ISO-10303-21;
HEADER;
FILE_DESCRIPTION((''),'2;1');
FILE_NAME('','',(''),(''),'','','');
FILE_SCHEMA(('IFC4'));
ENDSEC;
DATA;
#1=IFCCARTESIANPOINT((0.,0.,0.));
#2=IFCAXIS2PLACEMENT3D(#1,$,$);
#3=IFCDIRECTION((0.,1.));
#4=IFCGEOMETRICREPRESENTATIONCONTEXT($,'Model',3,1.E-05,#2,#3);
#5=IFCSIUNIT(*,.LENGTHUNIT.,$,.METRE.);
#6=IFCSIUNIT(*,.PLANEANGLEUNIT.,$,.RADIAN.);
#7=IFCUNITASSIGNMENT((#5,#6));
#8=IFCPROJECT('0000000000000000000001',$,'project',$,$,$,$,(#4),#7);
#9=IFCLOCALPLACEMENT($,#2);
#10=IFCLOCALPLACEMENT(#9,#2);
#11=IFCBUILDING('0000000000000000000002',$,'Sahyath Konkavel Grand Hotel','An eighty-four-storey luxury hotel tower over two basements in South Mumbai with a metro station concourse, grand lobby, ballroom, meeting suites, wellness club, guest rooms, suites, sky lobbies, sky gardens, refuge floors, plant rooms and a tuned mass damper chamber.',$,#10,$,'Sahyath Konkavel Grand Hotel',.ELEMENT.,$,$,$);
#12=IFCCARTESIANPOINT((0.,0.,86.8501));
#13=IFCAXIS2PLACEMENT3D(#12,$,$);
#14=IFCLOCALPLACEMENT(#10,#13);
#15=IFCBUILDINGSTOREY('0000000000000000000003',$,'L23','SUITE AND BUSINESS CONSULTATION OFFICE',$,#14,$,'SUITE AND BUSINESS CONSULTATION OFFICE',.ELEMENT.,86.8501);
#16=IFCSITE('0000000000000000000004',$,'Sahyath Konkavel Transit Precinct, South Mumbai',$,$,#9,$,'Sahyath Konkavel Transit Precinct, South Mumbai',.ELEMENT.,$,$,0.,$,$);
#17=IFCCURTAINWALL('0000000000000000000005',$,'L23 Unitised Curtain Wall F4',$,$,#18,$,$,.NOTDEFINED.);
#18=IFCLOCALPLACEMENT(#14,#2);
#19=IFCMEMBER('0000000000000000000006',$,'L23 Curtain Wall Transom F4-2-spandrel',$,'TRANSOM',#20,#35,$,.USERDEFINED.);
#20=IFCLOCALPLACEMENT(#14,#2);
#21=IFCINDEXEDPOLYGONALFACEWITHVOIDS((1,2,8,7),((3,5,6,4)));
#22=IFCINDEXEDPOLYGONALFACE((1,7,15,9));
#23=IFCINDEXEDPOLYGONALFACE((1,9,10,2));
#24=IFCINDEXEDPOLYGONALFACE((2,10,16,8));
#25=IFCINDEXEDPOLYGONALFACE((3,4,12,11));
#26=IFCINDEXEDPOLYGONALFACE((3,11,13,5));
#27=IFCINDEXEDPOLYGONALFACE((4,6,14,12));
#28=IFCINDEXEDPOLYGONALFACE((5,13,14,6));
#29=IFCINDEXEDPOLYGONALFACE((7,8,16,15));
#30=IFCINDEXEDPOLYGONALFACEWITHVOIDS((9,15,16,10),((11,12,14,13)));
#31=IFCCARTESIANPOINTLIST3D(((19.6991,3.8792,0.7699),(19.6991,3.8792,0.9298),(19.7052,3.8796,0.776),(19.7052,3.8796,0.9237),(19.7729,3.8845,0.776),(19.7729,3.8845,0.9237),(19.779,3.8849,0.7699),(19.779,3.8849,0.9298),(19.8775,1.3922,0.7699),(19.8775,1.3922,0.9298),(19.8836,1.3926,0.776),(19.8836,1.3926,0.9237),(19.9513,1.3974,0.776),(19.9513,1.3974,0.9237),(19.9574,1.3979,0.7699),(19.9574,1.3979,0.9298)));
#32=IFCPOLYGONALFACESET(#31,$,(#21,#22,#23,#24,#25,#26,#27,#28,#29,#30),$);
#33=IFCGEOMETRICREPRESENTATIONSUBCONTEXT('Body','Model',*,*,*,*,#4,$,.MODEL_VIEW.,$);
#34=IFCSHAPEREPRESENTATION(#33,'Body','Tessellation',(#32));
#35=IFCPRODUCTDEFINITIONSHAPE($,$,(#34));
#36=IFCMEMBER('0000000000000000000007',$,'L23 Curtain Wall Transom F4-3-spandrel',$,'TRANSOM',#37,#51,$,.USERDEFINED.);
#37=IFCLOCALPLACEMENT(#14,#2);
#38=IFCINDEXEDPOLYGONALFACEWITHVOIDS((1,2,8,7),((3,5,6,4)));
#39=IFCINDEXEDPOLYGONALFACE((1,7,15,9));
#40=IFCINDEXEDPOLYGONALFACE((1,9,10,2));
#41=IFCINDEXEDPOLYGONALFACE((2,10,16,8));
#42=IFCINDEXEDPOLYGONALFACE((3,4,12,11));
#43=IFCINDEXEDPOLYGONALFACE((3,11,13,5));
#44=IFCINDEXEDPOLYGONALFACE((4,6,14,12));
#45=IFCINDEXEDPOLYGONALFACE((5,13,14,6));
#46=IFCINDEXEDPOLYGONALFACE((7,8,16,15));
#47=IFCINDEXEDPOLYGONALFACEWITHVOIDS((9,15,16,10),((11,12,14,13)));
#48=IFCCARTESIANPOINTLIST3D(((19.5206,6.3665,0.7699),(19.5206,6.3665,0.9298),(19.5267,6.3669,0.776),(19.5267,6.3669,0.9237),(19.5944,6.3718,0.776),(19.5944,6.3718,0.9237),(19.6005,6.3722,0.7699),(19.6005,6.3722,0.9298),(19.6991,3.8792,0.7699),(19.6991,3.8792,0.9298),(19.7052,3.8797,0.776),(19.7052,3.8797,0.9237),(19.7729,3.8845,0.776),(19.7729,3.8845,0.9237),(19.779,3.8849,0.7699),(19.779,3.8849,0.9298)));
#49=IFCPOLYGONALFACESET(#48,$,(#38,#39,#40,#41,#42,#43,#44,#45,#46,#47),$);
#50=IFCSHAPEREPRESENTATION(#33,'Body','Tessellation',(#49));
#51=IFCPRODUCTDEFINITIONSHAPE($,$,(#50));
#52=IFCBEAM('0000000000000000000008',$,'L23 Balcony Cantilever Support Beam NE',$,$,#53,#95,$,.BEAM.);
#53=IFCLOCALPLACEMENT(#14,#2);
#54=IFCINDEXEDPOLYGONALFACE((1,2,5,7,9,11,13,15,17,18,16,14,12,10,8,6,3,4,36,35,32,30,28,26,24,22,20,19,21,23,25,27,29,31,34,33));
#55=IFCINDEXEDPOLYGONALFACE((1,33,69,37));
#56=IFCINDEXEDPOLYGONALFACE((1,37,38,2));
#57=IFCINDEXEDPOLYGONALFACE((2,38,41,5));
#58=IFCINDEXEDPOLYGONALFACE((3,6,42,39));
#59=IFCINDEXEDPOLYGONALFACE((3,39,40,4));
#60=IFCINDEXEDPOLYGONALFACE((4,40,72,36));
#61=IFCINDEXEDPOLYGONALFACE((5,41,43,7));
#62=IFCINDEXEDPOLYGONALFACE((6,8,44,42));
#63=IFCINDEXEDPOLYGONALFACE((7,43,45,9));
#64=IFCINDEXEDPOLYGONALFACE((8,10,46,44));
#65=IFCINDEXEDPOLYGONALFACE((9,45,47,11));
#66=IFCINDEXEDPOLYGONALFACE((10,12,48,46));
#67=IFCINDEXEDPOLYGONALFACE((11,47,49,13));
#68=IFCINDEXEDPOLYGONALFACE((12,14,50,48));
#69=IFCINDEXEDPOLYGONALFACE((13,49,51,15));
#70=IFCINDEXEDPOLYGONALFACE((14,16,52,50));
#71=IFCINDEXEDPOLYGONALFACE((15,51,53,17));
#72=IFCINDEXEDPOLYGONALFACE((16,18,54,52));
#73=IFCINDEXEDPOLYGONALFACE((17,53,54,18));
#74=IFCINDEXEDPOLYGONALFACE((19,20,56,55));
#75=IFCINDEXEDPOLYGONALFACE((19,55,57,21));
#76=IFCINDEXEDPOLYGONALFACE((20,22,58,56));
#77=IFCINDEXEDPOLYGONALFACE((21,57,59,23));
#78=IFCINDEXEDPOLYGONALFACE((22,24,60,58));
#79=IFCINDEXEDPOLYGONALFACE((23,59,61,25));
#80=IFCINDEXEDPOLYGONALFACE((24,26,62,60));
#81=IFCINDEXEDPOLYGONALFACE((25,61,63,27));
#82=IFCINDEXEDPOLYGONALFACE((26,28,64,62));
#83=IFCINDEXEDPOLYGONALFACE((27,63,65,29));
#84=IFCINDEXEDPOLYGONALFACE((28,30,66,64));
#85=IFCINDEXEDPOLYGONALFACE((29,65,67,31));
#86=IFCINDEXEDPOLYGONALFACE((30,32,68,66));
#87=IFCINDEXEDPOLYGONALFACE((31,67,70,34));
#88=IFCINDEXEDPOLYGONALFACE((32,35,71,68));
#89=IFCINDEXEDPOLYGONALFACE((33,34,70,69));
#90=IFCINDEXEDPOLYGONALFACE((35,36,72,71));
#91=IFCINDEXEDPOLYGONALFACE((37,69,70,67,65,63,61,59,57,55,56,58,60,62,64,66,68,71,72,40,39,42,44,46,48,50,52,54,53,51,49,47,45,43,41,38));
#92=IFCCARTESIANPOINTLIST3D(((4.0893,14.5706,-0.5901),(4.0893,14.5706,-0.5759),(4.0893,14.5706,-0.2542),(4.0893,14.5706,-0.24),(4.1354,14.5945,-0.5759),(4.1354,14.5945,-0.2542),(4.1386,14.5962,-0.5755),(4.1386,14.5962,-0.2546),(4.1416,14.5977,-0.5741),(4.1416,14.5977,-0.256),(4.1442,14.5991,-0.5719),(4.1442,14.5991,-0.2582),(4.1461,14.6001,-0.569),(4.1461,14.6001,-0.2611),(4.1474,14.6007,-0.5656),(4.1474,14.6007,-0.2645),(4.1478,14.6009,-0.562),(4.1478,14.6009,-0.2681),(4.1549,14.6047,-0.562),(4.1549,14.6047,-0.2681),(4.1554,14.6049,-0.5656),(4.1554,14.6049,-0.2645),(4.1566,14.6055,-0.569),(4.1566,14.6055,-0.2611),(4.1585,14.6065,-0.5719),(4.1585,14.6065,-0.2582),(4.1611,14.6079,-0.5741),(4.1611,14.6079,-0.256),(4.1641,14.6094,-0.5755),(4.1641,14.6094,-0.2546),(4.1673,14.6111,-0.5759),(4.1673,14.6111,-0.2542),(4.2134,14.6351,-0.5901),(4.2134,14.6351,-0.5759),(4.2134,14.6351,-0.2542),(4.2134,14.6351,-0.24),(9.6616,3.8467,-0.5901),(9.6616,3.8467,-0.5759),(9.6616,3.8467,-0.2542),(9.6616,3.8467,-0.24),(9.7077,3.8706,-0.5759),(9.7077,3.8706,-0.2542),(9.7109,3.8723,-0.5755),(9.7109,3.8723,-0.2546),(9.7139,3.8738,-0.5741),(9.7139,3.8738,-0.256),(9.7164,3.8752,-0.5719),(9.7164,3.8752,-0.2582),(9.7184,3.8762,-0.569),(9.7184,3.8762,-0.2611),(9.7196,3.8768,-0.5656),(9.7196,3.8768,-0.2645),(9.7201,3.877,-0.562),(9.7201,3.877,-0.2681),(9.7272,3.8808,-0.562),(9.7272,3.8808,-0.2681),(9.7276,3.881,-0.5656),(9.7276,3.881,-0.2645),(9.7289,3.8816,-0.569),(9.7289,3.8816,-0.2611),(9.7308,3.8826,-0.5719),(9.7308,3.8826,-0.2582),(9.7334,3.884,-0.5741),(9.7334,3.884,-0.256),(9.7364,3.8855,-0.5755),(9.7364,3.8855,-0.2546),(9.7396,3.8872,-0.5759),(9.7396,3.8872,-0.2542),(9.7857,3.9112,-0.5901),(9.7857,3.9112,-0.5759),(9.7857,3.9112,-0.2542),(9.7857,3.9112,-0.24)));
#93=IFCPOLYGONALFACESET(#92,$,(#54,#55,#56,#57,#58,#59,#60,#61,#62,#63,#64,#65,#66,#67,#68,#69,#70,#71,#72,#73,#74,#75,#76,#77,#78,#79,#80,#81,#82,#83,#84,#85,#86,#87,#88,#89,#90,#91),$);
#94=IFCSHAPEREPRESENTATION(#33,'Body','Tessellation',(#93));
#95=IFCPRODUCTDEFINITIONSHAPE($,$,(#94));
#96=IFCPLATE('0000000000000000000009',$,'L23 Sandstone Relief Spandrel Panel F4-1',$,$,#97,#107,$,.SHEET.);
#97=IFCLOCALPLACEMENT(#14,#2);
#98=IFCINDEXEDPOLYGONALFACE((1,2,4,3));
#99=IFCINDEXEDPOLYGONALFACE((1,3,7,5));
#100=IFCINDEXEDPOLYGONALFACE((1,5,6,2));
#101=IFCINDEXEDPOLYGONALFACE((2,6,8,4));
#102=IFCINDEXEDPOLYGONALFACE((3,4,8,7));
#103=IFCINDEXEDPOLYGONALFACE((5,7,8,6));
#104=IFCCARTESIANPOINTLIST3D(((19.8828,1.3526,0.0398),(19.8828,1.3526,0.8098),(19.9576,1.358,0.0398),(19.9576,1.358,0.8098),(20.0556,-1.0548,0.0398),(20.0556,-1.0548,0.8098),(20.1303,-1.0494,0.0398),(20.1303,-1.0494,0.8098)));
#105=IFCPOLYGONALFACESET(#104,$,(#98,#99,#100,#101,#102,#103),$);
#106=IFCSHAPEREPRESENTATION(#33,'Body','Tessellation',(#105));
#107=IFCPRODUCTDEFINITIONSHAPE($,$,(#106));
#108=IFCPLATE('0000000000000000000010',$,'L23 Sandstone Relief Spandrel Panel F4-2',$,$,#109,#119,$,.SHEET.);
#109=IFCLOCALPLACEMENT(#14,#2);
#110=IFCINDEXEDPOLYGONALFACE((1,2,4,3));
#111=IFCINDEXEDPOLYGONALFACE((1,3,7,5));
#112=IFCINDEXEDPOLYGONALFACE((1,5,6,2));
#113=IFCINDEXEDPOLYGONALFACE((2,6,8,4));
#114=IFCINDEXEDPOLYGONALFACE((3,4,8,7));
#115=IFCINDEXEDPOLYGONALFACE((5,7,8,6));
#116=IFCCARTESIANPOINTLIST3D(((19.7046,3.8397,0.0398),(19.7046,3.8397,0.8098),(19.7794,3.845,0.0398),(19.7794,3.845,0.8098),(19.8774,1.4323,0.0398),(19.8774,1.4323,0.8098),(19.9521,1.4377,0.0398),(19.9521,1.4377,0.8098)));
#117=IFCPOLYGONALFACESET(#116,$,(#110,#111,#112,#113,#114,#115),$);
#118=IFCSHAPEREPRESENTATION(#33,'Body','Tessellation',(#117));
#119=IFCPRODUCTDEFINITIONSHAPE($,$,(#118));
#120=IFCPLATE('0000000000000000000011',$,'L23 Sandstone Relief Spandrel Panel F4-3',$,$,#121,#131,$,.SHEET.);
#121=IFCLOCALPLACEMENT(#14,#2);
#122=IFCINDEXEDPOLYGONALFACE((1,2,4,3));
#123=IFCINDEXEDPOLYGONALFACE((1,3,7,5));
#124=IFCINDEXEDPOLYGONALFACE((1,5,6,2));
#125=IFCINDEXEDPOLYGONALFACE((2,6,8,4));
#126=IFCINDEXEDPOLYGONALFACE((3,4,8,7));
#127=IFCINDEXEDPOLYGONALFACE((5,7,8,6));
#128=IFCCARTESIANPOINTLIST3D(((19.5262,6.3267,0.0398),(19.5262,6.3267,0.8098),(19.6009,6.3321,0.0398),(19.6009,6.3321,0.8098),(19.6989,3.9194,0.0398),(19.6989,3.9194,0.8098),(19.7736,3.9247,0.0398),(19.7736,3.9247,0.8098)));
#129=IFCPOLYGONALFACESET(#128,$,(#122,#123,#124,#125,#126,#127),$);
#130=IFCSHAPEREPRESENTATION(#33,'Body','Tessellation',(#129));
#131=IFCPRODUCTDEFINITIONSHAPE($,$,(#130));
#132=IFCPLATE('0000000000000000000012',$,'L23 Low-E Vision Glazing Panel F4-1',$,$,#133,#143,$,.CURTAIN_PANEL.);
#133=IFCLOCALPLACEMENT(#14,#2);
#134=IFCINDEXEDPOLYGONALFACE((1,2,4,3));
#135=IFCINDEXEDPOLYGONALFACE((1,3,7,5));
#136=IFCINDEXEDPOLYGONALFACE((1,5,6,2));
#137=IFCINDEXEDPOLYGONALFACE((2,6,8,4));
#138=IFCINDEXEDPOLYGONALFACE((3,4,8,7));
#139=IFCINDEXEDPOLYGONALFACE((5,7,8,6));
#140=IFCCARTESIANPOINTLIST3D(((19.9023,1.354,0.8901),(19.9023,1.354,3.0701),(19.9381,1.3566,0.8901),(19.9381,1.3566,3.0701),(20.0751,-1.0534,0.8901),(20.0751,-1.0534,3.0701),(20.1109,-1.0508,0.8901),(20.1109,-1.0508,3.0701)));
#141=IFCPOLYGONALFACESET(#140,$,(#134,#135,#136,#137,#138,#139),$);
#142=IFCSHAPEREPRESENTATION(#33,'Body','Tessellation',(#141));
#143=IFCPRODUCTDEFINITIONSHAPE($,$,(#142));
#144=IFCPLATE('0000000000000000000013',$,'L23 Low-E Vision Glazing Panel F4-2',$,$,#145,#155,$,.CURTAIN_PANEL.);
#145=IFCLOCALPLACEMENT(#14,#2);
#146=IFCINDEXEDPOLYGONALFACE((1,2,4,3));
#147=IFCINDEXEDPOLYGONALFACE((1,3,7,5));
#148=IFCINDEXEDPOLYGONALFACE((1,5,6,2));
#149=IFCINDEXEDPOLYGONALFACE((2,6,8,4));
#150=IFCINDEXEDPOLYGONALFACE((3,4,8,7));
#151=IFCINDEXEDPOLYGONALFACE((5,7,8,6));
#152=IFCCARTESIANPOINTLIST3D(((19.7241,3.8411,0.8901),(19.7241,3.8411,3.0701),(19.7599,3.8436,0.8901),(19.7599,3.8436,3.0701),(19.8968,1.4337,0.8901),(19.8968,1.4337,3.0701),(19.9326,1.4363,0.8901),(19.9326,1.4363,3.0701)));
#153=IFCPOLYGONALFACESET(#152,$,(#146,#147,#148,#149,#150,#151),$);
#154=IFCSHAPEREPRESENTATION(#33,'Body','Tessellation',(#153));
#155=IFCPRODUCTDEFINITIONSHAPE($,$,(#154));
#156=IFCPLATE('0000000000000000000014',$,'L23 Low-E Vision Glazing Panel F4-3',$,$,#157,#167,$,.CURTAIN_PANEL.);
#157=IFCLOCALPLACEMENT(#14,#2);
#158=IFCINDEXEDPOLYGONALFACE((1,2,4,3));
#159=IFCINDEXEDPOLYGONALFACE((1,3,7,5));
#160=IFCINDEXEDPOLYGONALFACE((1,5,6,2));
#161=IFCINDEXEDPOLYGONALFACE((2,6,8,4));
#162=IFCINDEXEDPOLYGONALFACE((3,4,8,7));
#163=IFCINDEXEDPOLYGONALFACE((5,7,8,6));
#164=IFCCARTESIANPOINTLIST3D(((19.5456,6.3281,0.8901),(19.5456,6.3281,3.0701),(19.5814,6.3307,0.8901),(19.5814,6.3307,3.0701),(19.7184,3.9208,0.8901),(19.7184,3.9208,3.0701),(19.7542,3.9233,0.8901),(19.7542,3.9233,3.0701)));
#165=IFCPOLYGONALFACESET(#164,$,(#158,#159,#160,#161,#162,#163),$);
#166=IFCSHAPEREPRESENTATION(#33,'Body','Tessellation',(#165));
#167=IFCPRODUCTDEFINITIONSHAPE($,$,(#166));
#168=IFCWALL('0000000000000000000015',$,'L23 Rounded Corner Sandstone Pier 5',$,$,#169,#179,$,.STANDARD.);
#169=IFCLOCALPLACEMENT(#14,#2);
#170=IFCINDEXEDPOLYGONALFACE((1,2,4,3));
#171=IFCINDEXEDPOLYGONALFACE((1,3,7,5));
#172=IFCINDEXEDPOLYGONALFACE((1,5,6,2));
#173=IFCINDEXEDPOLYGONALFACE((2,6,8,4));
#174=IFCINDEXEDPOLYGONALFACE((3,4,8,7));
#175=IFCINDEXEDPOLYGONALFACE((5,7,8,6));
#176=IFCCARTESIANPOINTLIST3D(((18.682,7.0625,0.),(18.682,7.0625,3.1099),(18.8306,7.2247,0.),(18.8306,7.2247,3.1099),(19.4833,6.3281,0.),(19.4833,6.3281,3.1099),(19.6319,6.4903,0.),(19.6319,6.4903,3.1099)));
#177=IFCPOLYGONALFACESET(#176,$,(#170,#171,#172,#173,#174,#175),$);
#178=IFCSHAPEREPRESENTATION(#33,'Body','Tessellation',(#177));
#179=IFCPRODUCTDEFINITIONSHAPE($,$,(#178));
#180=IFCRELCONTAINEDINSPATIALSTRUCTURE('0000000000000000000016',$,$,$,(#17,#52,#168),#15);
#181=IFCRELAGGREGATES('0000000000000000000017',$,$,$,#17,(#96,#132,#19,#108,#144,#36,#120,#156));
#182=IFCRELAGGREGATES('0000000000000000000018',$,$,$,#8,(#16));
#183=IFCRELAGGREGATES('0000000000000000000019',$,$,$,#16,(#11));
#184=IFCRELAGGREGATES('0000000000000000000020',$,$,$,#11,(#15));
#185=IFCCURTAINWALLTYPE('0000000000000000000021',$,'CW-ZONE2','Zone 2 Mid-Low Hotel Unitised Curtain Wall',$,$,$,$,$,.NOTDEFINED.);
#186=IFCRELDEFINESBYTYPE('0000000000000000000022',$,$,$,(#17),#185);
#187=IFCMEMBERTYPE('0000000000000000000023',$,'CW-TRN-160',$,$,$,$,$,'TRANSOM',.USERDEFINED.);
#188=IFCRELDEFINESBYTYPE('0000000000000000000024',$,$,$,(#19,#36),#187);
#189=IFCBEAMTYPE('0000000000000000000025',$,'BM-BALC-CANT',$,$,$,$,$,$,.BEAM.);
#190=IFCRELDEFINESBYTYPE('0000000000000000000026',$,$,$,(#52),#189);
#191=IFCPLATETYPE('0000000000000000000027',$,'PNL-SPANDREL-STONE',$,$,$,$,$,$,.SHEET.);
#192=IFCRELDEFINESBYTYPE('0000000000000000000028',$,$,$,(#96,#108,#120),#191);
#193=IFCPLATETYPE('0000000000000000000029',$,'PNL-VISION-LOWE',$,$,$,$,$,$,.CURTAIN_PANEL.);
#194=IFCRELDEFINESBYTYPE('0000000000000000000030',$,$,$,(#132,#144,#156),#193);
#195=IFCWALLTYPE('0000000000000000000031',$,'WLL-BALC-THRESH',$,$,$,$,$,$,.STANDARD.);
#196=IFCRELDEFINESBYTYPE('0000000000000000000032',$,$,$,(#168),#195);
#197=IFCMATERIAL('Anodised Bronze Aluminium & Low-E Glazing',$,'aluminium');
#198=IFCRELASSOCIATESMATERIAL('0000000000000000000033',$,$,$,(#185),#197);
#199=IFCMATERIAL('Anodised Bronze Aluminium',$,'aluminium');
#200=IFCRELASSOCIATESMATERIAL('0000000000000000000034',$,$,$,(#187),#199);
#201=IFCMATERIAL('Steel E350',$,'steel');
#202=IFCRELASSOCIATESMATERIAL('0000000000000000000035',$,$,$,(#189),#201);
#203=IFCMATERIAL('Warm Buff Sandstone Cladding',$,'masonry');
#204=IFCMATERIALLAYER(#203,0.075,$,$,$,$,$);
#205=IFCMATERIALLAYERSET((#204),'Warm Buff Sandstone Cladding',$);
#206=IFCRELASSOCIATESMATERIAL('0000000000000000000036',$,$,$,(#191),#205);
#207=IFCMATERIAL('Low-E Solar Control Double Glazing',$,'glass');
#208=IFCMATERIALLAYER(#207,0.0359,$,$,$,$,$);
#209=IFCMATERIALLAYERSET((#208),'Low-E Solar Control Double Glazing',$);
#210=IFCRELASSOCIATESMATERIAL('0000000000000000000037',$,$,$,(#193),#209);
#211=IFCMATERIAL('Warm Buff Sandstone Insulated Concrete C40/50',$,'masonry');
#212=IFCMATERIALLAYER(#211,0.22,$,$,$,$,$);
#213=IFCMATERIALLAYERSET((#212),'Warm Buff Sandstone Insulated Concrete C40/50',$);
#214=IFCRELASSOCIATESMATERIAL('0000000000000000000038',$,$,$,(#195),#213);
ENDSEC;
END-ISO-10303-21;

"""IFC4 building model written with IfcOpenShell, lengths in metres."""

from ifc_helpers import new_model, si_unit, direction, frame, frame_2d, origin, origin_2d, place, context, subcontext, project, spatial, rectangle, hollow_rectangle, i_section, extrude, source, transform, mapped, material, layer, layer_set, material_profile, profile_set, type_object, element, aggregate, save


model = new_model("IFC4")

# Units and contexts
model_context = context("Model", 3, precision=1e-05, world=origin(), true_north=direction((0.0, 1.0)))
body_context = subcontext(model_context, "Body", "Model", "MODEL_VIEW")
ifc_project = project(units=[si_unit("LENGTHUNIT", "METRE"), si_unit("PLANEANGLEUNIT", "RADIAN")], contexts=[model_context])

# Site, building, storey
site_placement = place(None, origin())
site = spatial("IfcSite", under=ifc_project, at=site_placement, Name="Sahyath Konkavel Transit Precinct, South Mumbai", LongName="Sahyath Konkavel Transit Precinct, South Mumbai", CompositionType="ELEMENT", RefElevation=0.0)
building_placement = place(site_placement, origin())
building = spatial("IfcBuilding", under=site, at=building_placement, Name="Sahyath Konkavel Grand Hotel", Description="An eighty-four-storey luxury hotel tower over two basements in South Mumbai with a metro station concourse, grand lobby, ballroom, meeting suites, wellness club, guest rooms, suites, sky lobbies, sky gardens, refuge floors, plant rooms and a tuned mass damper chamber.", LongName="Sahyath Konkavel Grand Hotel", CompositionType="ELEMENT")
storey_placement = place(building_placement, frame((0.0, 0.0, 86.8501)))
storey = spatial("IfcBuildingStorey", under=building, at=storey_placement, Name="L23", Description="SUITE AND BUSINESS CONSULTATION OFFICE", LongName="SUITE AND BUSINESS CONSULTATION OFFICE", CompositionType="ELEMENT", Elevation=86.8501)

# Shared definitions
ifc_material_1 = material(Name="Steel E350", Category="steel")

# Curtain wall, members
ifc_material_2 = material(Name="Anodised Bronze Aluminium & Low-E Glazing", Category="aluminium")
curtain_wall_type = type_object("IfcCurtainWallType", Name="CW-ZONE2", Description="Zone 2 Mid-Low Hotel Unitised Curtain Wall", PredefinedType="NOTDEFINED", material=ifc_material_2)
curtain_wall_placement = place(storey_placement, origin())
curtain_wall = element("IfcCurtainWall", 1, at=curtain_wall_placement, inside=storey, type_object=curtain_wall_type, Name="L23 Unitised Curtain Wall F4", PredefinedType="NOTDEFINED")
ifc_material_3 = material(Name="Anodised Bronze Aluminium", Category="aluminium")
ifc_material_profile_1 = material_profile(ifc_material_3, hollow_rectangle(XDim=0.0801, YDim=0.1599, WallThickness=0.0061, at=origin_2d()), Name="RHS 160x80x6")
ifc_profile_set_1 = profile_set([ifc_material_profile_1], Name="Anodised Bronze Aluminium")
member_type_1 = type_object("IfcMemberType", Name="CW-TRN-160", ElementType="TRANSOM", PredefinedType="USERDEFINED", material=ifc_profile_set_1)
shared_shape_1 = source(origin(), body_context, "Body", "SweptSolid", [
    extrude(hollow_rectangle(XDim=0.0801, YDim=0.1599, WallThickness=0.0061, at=origin_2d()), origin(), (0.0, 0.0, 1.0), 2.4934),
])
member_1_placement = place(storey_placement, frame((19.9175, 1.395, 0.8499), z_axis=(-0.071574, 0.997435, 0.0), x_axis=(-0.997435, -0.071574, 0.0)))
member_1 = element("IfcMember", 2, at=member_1_placement, type_object=member_type_1, Name="L23 Curtain Wall Transom F4-2-spandrel", ObjectType="TRANSOM", PredefinedType="USERDEFINED", context=body_context, shape_type="MappedRepresentation", body=[
    mapped(shared_shape_1, transform((0.0, 0.0, 0.0), scale=1.0)),
])
shared_shape_2 = source(origin(), body_context, "Body", "SweptSolid", [
    extrude(hollow_rectangle(XDim=0.0801, YDim=0.1599, WallThickness=0.0061, at=origin_2d()), origin(), (0.0, 0.0, 1.0), 2.4937),
])
member_2_placement = place(storey_placement, frame((19.739, 3.8821, 0.8499), z_axis=(-0.071567, 0.997436, 0.0), x_axis=(-0.997436, -0.071567, 0.0)))
member_2 = element("IfcMember", 3, at=member_2_placement, type_object=member_type_1, Name="L23 Curtain Wall Transom F4-3-spandrel", ObjectType="TRANSOM", PredefinedType="USERDEFINED", context=body_context, shape_type="MappedRepresentation", body=[
    mapped(shared_shape_2, transform((0.0, 0.0, 0.0), scale=1.0)),
])

# Beam
ifc_material_profile_2 = material_profile(ifc_material_1, i_section(OverallWidth=0.1399, OverallDepth=0.3501, WebThickness=0.0081, FlangeThickness=0.0142, FilletRadius=0.0139, at=origin_2d()), Name="ISMB 350")
ifc_profile_set_2 = profile_set([ifc_material_profile_2], Name="Steel E350")
beam_type_1 = type_object("IfcBeamType", Name="BM-BALC-CANT", PredefinedType="BEAM", material=ifc_profile_set_2)
shared_shape_3 = source(origin(), body_context, "Body", "SweptSolid", [
    extrude(i_section(OverallWidth=0.1399, OverallDepth=0.3501, WebThickness=0.0081, FlangeThickness=0.0142, FilletRadius=0.0139, at=origin_2d()), origin(), (0.0, 0.0, 1.0), 12.0852),
])
beam_1_placement = place(storey_placement, frame((9.7236, 3.8789, -0.415), z_axis=(-0.461082, 0.887357, 0.0), x_axis=(-0.887357, -0.461082, 0.0)))
element("IfcBeam", 4, at=beam_1_placement, inside=storey, type_object=beam_type_1, Name="L23 Balcony Cantilever Support Beam NE", PredefinedType="BEAM", context=body_context, shape_type="MappedRepresentation", body=[
    mapped(shared_shape_3, transform((0.0, 0.0, 0.0), scale=1.0)),
])

# Plates
ifc_material_4 = material(Name="Warm Buff Sandstone Cladding", Category="masonry")
ifc_layer_1 = layer(ifc_material_4, 0.075)
ifc_layer_set_1 = layer_set([ifc_layer_1], Name="Warm Buff Sandstone Cladding")
plate_type_1 = type_object("IfcPlateType", Name="PNL-SPANDREL-STONE", PredefinedType="SHEET", material=ifc_layer_set_1)
shared_shape_4 = source(origin(), body_context, "Body", "SweptSolid", [
    extrude(rectangle(XDim=2.4136, YDim=0.075, at=origin_2d()), origin(), (0.0, 0.0, 1.0), 0.77),
])
plate_1_placement = place(storey_placement, frame((20.0066, 0.1516, 0.0398), z_axis=(0.0, 0.0, 1.0), x_axis=(-0.071567, 0.997436, 0.0)))
plate_1 = element("IfcPlate", 5, at=plate_1_placement, type_object=plate_type_1, Name="L23 Sandstone Relief Spandrel Panel F4-1", PredefinedType="SHEET", context=body_context, shape_type="MappedRepresentation", body=[
    mapped(shared_shape_4, transform((0.0, 0.0, 0.0), scale=1.0)),
])
plate_2_placement = place(storey_placement, frame((19.8284, 2.6387, 0.0398), z_axis=(0.0, 0.0, 1.0), x_axis=(-0.071567, 0.997436, 0.0)))
plate_2 = element("IfcPlate", 6, at=plate_2_placement, type_object=plate_type_1, Name="L23 Sandstone Relief Spandrel Panel F4-2", PredefinedType="SHEET", context=body_context, shape_type="MappedRepresentation", body=[
    mapped(shared_shape_4, transform((0.0, 0.0, 0.0), scale=1.0)),
])
plate_3_placement = place(storey_placement, frame((19.6499, 5.1257, 0.0398), z_axis=(0.0, 0.0, 1.0), x_axis=(-0.071567, 0.997436, 0.0)))
plate_3 = element("IfcPlate", 7, at=plate_3_placement, type_object=plate_type_1, Name="L23 Sandstone Relief Spandrel Panel F4-3", PredefinedType="SHEET", context=body_context, shape_type="MappedRepresentation", body=[
    mapped(shared_shape_4, transform((0.0, 0.0, 0.0), scale=1.0)),
])
ifc_material_5 = material(Name="Low-E Solar Control Double Glazing", Category="glass")
ifc_layer_2 = layer(ifc_material_5, 0.0359)
ifc_layer_set_2 = layer_set([ifc_layer_2], Name="Low-E Solar Control Double Glazing")
plate_type_2 = type_object("IfcPlateType", Name="PNL-VISION-LOWE", PredefinedType="CURTAIN_PANEL", material=ifc_layer_set_2)
shared_shape_5 = source(origin(), body_context, "Body", "SweptSolid", [
    extrude(rectangle(XDim=2.4136, YDim=0.0359, at=origin_2d()), origin(), (0.0, 0.0, 1.0), 2.1799),
])
plate_4_placement = place(storey_placement, frame((20.0066, 0.1516, 0.8901), z_axis=(0.0, 0.0, 1.0), x_axis=(-0.071567, 0.997436, 0.0)))
plate_4 = element("IfcPlate", 8, at=plate_4_placement, type_object=plate_type_2, Name="L23 Low-E Vision Glazing Panel F4-1", PredefinedType="CURTAIN_PANEL", context=body_context, shape_type="MappedRepresentation", body=[
    mapped(shared_shape_5, transform((0.0, 0.0, 0.0), scale=1.0)),
])
plate_5_placement = place(storey_placement, frame((19.8284, 2.6387, 0.8901), z_axis=(0.0, 0.0, 1.0), x_axis=(-0.071567, 0.997436, 0.0)))
plate_5 = element("IfcPlate", 9, at=plate_5_placement, type_object=plate_type_2, Name="L23 Low-E Vision Glazing Panel F4-2", PredefinedType="CURTAIN_PANEL", context=body_context, shape_type="MappedRepresentation", body=[
    mapped(shared_shape_5, transform((0.0, 0.0, 0.0), scale=1.0)),
])
plate_6_placement = place(storey_placement, frame((19.6499, 5.1257, 0.8901), z_axis=(0.0, 0.0, 1.0), x_axis=(-0.071567, 0.997436, 0.0)))
plate_6 = element("IfcPlate", 10, at=plate_6_placement, type_object=plate_type_2, Name="L23 Low-E Vision Glazing Panel F4-3", PredefinedType="CURTAIN_PANEL", context=body_context, shape_type="MappedRepresentation", body=[
    mapped(shared_shape_5, transform((0.0, 0.0, 0.0), scale=1.0)),
])
aggregate(curtain_wall, [plate_1, plate_4, member_1, plate_2, plate_5, member_2, plate_3, plate_6])

# Wall
ifc_material_6 = material(Name="Warm Buff Sandstone Insulated Concrete C40/50", Category="masonry")
ifc_layer_3 = layer(ifc_material_6, 0.22)
ifc_layer_set_3 = layer_set([ifc_layer_3], Name="Warm Buff Sandstone Insulated Concrete C40/50")
wall_type_1 = type_object("IfcWallType", Name="WLL-BALC-THRESH", PredefinedType="STANDARD", material=ifc_layer_set_3)
wall_1_placement = place(storey_placement, frame((19.5576, 6.4092, 0.0), z_axis=(0.0, 0.0, 1.0), x_axis=(-0.73721, 0.675664, 0.0)))
element("IfcWall", 11, at=wall_1_placement, inside=storey, type_object=wall_type_1, Name="L23 Rounded Corner Sandstone Pier 5", PredefinedType="STANDARD", context=body_context, shape_type="SweptSolid", body=[
    extrude(rectangle(XDim=1.0869, YDim=0.22, at=frame_2d((0.5435, 0.0))), origin(), (0.0, 0.0, 1.0), 3.1099),
])

save(model, "model.ifc")
